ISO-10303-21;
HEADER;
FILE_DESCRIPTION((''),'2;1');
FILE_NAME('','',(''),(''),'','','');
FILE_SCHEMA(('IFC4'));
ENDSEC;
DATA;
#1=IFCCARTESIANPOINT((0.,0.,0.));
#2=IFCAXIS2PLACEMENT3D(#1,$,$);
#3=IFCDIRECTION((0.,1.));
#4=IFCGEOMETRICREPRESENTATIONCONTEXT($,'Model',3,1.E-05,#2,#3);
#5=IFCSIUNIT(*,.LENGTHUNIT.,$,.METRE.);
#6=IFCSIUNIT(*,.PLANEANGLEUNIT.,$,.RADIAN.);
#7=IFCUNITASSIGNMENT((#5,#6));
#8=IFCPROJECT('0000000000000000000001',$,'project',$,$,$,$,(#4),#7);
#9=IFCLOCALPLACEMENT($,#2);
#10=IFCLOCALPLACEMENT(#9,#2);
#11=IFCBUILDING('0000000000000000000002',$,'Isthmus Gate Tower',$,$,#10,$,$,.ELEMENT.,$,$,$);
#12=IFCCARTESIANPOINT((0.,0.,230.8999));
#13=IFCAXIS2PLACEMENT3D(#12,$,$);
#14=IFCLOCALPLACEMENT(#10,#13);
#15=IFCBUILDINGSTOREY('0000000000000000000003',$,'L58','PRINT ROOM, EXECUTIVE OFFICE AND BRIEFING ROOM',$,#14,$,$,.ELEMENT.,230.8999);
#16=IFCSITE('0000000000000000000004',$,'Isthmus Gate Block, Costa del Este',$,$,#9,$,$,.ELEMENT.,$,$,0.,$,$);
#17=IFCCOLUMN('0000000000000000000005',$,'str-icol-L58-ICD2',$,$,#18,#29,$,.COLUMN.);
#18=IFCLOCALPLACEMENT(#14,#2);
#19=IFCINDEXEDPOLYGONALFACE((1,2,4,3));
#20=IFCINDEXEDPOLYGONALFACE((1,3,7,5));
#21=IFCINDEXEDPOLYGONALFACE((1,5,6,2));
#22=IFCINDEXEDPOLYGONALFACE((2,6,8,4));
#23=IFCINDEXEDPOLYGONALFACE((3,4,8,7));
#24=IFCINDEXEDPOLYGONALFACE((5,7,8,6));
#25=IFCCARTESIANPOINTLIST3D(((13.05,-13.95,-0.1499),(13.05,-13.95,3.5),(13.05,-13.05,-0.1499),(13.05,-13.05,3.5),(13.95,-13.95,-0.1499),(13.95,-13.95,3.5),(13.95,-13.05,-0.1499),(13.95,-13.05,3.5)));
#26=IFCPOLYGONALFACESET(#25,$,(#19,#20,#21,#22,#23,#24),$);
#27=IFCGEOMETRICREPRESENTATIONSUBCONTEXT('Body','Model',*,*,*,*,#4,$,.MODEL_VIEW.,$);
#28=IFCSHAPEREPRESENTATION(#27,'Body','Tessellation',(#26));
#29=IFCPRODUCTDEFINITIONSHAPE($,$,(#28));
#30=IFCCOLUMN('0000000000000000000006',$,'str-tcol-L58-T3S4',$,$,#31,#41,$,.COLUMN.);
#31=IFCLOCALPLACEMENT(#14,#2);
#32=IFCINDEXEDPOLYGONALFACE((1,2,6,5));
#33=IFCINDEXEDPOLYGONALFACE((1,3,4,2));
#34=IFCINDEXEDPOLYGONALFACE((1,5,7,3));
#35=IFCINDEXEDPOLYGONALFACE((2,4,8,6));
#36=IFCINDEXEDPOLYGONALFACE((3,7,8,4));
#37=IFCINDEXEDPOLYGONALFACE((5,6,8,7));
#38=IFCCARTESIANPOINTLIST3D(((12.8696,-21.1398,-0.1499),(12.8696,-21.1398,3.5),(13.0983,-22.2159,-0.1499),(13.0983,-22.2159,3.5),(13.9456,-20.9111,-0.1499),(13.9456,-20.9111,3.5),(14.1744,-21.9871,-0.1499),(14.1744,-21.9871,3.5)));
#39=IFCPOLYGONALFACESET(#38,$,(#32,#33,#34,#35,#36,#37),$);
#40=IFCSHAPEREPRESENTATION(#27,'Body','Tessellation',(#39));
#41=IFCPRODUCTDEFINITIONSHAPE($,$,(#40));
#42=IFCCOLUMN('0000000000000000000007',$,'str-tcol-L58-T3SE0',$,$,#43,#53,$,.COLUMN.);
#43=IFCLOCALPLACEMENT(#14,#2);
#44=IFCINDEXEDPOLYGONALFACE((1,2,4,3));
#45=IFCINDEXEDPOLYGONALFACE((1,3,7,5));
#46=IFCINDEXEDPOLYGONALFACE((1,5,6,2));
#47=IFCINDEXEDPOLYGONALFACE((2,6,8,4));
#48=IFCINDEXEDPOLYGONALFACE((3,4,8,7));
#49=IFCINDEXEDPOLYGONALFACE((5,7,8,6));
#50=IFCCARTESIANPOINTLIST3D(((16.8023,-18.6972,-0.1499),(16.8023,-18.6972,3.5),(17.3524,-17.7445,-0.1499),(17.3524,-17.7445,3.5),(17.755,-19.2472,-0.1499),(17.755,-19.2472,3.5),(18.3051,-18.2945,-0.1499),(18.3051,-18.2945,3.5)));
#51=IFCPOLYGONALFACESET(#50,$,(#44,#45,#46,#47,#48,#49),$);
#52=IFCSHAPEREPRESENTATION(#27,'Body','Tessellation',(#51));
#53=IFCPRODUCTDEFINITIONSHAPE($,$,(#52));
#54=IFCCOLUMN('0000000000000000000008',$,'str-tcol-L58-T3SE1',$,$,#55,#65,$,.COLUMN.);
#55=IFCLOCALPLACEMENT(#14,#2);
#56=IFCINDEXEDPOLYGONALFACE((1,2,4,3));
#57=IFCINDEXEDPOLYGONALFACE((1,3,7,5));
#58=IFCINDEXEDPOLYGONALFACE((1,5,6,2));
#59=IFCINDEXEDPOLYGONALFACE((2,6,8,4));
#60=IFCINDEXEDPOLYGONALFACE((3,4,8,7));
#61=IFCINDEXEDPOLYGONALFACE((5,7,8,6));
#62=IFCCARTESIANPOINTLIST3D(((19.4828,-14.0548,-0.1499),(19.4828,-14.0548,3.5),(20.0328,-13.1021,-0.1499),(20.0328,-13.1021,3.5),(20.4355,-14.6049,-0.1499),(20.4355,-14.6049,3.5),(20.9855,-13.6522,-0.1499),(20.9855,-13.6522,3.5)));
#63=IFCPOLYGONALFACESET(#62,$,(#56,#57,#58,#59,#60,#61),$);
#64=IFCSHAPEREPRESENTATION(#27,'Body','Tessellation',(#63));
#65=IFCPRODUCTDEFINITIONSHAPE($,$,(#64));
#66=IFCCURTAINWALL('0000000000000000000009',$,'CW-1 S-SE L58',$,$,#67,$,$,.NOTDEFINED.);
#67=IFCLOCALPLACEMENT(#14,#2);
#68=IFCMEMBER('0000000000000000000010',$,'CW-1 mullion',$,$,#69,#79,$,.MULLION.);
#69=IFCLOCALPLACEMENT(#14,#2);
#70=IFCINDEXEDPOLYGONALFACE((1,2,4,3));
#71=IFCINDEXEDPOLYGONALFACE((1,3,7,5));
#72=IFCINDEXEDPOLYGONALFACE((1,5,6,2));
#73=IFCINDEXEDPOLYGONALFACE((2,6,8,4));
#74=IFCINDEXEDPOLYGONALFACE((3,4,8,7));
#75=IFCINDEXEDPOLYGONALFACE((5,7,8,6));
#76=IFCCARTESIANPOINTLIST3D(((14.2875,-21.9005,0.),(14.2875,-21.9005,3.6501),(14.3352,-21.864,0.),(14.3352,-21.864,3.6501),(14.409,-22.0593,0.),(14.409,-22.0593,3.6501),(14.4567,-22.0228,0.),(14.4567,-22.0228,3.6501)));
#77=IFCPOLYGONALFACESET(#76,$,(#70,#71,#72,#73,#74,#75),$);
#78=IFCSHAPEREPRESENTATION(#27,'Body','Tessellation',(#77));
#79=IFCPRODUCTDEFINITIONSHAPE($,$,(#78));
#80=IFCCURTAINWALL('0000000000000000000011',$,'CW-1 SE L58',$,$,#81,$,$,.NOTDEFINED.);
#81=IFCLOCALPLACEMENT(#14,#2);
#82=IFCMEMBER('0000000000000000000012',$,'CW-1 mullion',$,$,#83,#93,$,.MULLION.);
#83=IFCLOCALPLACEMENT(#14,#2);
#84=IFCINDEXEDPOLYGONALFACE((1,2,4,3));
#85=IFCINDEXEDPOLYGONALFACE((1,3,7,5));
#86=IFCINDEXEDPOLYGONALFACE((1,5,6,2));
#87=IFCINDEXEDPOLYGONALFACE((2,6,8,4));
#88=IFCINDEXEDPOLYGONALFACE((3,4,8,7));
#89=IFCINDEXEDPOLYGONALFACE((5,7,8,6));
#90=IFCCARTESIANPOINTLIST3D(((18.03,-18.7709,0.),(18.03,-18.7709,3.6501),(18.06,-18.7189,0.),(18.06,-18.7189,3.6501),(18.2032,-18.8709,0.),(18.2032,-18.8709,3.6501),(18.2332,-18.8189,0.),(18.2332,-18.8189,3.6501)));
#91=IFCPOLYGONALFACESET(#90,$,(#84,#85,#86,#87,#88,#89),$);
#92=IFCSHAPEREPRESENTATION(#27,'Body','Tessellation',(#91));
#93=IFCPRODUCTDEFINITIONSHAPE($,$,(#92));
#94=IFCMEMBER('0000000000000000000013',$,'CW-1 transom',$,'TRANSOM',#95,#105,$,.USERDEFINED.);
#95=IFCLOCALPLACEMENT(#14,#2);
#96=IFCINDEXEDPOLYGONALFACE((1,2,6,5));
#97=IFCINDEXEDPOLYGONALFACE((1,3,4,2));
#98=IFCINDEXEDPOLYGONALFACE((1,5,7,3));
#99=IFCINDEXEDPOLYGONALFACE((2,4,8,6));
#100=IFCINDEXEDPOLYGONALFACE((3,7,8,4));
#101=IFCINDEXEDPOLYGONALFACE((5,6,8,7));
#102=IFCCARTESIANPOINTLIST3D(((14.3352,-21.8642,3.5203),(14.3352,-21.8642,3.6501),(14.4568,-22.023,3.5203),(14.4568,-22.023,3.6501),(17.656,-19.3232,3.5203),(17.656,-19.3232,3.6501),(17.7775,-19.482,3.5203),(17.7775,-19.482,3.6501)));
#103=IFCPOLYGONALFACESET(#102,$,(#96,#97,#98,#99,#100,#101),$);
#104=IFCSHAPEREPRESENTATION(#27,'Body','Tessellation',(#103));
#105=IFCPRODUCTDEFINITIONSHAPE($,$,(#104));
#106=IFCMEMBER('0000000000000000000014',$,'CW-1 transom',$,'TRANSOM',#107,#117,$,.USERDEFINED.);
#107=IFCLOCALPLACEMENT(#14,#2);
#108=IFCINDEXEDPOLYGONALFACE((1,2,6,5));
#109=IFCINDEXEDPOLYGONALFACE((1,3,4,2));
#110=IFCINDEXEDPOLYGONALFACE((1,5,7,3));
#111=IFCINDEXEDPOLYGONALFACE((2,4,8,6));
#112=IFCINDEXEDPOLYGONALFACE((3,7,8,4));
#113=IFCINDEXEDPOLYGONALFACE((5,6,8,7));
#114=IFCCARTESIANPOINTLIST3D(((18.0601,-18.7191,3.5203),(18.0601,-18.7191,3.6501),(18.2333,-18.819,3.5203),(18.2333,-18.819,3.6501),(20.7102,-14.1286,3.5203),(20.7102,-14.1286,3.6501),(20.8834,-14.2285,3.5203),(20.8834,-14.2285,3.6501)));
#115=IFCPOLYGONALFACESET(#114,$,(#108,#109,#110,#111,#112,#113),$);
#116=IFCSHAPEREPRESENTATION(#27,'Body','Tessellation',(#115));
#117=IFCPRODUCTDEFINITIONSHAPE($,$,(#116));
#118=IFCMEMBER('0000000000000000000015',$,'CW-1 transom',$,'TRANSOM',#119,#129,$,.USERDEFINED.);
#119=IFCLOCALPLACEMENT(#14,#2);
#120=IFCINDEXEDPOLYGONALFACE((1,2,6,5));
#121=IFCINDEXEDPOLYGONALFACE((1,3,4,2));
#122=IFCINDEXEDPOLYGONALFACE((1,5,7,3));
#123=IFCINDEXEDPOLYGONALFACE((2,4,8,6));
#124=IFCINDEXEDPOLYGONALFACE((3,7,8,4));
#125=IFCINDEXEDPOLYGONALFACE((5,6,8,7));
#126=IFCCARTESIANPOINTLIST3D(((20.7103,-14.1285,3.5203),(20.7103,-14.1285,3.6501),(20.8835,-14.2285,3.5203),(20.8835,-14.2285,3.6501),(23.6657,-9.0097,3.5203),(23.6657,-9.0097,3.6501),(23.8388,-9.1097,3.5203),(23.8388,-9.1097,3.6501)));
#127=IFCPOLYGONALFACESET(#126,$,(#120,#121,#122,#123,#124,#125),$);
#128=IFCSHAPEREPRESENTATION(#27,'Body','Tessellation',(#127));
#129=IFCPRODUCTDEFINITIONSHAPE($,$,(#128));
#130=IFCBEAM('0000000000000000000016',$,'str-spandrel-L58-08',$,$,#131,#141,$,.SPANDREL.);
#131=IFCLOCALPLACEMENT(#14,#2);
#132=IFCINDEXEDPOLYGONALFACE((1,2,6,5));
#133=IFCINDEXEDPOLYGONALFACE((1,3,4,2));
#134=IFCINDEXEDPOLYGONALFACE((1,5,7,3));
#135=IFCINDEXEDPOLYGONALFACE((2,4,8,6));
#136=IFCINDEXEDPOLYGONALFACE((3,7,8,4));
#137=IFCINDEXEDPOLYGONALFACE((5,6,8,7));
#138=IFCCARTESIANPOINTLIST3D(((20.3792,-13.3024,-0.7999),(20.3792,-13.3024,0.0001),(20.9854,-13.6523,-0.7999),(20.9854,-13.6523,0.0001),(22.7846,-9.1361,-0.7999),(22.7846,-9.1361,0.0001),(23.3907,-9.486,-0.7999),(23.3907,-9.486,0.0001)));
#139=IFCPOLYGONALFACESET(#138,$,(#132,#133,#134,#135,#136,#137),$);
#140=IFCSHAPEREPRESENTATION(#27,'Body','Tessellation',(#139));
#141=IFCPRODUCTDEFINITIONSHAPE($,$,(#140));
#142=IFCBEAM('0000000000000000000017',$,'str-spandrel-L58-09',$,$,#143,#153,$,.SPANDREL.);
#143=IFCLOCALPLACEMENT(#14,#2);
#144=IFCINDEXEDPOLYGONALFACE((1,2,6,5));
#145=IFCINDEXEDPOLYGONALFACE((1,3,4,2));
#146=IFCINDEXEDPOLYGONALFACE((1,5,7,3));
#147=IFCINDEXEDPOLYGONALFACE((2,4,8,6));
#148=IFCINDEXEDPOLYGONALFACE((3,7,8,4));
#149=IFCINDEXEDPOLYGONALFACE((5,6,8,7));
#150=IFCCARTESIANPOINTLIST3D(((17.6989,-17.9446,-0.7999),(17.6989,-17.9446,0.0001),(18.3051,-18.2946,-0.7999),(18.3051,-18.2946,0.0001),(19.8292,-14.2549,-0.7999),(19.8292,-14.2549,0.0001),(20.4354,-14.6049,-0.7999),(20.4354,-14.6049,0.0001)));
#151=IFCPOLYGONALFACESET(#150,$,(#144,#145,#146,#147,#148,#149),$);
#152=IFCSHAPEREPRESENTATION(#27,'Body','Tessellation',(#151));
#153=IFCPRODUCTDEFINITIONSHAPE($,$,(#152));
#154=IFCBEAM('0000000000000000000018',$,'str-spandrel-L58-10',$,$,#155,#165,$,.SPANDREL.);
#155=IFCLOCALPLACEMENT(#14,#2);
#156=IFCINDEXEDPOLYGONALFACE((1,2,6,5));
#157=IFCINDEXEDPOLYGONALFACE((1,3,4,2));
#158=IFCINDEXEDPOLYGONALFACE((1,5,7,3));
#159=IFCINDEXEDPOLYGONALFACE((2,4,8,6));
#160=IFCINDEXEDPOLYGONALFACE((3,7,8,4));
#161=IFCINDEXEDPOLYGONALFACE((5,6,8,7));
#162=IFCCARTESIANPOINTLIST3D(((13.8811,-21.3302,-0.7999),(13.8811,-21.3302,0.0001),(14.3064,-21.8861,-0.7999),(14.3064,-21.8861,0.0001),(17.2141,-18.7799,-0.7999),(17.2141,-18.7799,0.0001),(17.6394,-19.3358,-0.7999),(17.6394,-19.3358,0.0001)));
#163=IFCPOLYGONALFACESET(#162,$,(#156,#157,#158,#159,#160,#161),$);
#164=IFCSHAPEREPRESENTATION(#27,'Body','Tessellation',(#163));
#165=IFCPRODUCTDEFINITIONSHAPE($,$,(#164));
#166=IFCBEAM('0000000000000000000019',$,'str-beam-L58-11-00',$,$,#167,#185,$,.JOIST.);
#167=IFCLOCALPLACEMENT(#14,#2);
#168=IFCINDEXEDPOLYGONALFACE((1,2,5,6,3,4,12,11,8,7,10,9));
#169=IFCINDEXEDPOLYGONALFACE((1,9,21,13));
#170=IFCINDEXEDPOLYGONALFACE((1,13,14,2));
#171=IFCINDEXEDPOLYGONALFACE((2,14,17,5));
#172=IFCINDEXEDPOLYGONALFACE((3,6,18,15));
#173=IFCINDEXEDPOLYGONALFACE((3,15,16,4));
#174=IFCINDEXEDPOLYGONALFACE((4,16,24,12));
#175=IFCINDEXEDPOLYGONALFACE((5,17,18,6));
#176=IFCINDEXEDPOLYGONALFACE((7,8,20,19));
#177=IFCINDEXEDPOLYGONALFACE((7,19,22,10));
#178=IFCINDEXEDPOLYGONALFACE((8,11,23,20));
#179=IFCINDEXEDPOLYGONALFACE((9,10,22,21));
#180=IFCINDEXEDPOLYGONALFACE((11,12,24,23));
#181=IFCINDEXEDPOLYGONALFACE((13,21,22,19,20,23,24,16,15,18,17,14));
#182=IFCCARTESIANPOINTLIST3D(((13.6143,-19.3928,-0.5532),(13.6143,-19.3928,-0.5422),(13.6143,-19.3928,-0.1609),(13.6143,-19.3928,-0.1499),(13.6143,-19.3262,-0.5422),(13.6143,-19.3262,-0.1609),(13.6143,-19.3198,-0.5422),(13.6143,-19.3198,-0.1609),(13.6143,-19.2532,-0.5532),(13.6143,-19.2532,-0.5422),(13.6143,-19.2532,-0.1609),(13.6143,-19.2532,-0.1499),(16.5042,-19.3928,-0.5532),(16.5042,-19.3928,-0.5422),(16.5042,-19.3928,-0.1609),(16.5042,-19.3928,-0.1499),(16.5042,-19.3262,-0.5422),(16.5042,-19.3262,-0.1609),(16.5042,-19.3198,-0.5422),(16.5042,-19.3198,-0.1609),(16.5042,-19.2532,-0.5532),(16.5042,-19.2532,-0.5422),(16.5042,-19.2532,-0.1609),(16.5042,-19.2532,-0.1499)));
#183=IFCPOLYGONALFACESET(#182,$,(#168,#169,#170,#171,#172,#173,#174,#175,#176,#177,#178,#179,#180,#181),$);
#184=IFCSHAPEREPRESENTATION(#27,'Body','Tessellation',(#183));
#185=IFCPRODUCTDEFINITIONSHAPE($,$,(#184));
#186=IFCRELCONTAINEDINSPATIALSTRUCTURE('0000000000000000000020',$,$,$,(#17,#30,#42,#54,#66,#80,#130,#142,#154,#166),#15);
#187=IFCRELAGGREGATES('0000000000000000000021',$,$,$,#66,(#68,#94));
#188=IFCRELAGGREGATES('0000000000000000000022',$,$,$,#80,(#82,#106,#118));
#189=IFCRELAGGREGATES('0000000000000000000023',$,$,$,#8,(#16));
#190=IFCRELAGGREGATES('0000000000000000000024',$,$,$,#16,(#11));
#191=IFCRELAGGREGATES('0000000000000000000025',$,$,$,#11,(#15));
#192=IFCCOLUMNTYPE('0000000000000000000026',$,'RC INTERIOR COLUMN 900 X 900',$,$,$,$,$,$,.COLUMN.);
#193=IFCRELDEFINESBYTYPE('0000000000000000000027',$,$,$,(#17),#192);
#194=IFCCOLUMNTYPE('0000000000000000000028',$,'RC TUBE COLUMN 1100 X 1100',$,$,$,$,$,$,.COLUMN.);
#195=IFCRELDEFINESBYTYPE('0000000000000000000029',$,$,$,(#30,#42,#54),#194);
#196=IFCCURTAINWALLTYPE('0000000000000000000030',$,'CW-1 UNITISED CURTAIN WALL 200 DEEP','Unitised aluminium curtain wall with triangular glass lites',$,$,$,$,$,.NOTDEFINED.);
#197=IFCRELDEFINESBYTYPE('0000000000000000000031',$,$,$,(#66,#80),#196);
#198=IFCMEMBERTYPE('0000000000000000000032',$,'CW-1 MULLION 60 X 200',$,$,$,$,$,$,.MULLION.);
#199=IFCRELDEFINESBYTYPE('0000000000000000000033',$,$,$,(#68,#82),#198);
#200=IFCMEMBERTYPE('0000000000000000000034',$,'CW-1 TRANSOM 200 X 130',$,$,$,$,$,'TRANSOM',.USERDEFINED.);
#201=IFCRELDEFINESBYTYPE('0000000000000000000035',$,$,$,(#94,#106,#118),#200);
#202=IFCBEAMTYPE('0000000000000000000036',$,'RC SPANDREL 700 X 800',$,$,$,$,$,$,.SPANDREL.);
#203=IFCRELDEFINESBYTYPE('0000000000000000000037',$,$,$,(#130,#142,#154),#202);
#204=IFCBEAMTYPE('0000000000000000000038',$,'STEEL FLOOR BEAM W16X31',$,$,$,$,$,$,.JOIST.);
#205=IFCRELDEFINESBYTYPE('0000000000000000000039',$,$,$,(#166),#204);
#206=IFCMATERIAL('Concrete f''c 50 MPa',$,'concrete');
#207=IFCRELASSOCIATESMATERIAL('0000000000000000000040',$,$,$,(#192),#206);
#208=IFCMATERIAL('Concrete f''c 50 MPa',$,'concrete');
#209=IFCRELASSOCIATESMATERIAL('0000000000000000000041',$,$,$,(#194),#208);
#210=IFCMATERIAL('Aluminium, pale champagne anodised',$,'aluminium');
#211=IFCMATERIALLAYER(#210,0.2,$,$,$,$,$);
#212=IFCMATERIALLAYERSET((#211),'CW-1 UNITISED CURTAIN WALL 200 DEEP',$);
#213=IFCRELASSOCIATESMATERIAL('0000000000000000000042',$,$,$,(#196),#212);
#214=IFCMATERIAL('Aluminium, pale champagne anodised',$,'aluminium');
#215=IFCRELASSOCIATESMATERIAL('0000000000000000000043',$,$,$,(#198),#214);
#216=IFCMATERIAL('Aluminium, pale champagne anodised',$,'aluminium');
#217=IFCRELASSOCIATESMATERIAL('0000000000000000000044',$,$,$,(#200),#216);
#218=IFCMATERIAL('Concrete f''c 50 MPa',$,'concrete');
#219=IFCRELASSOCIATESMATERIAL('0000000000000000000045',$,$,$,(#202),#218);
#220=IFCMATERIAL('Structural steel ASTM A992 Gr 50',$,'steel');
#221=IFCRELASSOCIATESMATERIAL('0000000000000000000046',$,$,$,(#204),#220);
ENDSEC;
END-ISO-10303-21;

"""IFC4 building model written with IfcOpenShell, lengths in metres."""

from ifc_helpers import new_model, si_unit, direction, frame, origin, origin_2d, place, context, subcontext, project, spatial, rectangle, i_section, extrude, material, layer, layer_set, material_profile, profile_set, type_object, element, aggregate, save


model = new_model("IFC4")

# Units and contexts
model_context = context("Model", 3, precision=1e-05, world=origin(), true_north=direction((0.0, 1.0)))
body_context = subcontext(model_context, "Body", "Model", "MODEL_VIEW")
ifc_project = project(units=[si_unit("LENGTHUNIT", "METRE"), si_unit("PLANEANGLEUNIT", "RADIAN")], contexts=[model_context])

# Site, building, storey
site_placement = place(None, origin())
site = spatial("IfcSite", under=ifc_project, at=site_placement, Name="Isthmus Gate Block, Costa del Este", CompositionType="ELEMENT", RefElevation=0.0)
building_placement = place(site_placement, origin())
building = spatial("IfcBuilding", under=site, at=building_placement, Name="Isthmus Gate Tower", CompositionType="ELEMENT")
storey_placement = place(building_placement, frame((0.0, 0.0, 230.8999)))
storey = spatial("IfcBuildingStorey", under=building, at=storey_placement, Name="L58", Description="PRINT ROOM, EXECUTIVE OFFICE AND BRIEFING ROOM", CompositionType="ELEMENT", Elevation=230.8999)

# Columns
ifc_material_1 = material(Name="Concrete f'c 50 MPa", Category="concrete")
ifc_material_profile_1 = material_profile(ifc_material_1, rectangle(XDim=0.8999, YDim=0.8999, at=origin_2d()), Name="RC 900X900")
ifc_profile_set_1 = profile_set([ifc_material_profile_1], Name="Concrete f'c 50 MPa")
column_type_1 = type_object("IfcColumnType", Name="RC INTERIOR COLUMN 900 X 900", PredefinedType="COLUMN", material=ifc_profile_set_1)
column_placement = place(storey_placement, frame((13.5, -13.5, -0.1499), z_axis=(0.0, 0.0, 1.0), x_axis=(1.0, 0.0, 0.0)))
element("IfcColumn", 1, at=column_placement, inside=storey, type_object=column_type_1, Name="str-icol-L58-ICD2", PredefinedType="COLUMN", context=body_context, shape_type="SweptSolid", body=[
    extrude(rectangle(XDim=0.8999, YDim=0.8999, at=origin_2d()), origin(), (0.0, 0.0, 1.0), 3.6499),
])
ifc_material_2 = material(Name="Concrete f'c 50 MPa", Category="concrete")
ifc_material_profile_2 = material_profile(ifc_material_2, rectangle(XDim=1.1001, YDim=1.1001, at=origin_2d()), Name="RC 1100X1100")
ifc_profile_set_2 = profile_set([ifc_material_profile_2], Name="Concrete f'c 50 MPa")
column_type_2 = type_object("IfcColumnType", Name="RC TUBE COLUMN 1100 X 1100", PredefinedType="COLUMN", material=ifc_profile_set_2)
for number, where, z_axis, x_axis, name in (
    (2, (13.522, -21.5635, -0.1499), (0.0, 0.0, 1.0), (0.978148, 0.207912, 0.0), "str-tcol-L58-T3S4"),
    (3, (17.5537, -18.4958, -0.1499), (0.0, 0.0, 1.0), (0.5, 0.866025, 0.0), "str-tcol-L58-T3SE0"),
    (4, (20.2341, -13.8535, -0.1499), (0.0, 0.0, 1.0), (0.5, 0.866025, 0.0), "str-tcol-L58-T3SE1"),
):
    element("IfcColumn", number, at=place(storey_placement, frame(where, z_axis=z_axis, x_axis=x_axis)), inside=storey, type_object=column_type_2, Name=name, PredefinedType="COLUMN", context=body_context, shape_type="SweptSolid", body=[
        extrude(rectangle(XDim=1.1001, YDim=1.1001, at=origin_2d()), origin(), (0.0, 0.0, 1.0), 3.6499),
    ])

# Curtain walls, members
ifc_material_3 = material(Name="Aluminium, pale champagne anodised", Category="aluminium")
ifc_layer_1 = layer(ifc_material_3, 0.2)
ifc_layer_set_1 = layer_set([ifc_layer_1], Name="CW-1 UNITISED CURTAIN WALL 200 DEEP")
curtain_wall_type = type_object("IfcCurtainWallType", Name="CW-1 UNITISED CURTAIN WALL 200 DEEP", Description="Unitised aluminium curtain wall with triangular glass lites", PredefinedType="NOTDEFINED", material=ifc_layer_set_1)
curtain_wall_1_placement = place(storey_placement, origin())
curtain_wall_1 = element("IfcCurtainWall", 5, at=curtain_wall_1_placement, inside=storey, type_object=curtain_wall_type, Name="CW-1 S-SE L58", PredefinedType="NOTDEFINED")
ifc_material_4 = material(Name="Aluminium, pale champagne anodised", Category="aluminium")
ifc_material_profile_3 = material_profile(ifc_material_4, rectangle(XDim=0.0601, YDim=0.2, at=origin_2d()), Name="60x200")
ifc_profile_set_3 = profile_set([ifc_material_profile_3], Name="Aluminium, pale champagne anodised")
member_type_1 = type_object("IfcMemberType", Name="CW-1 MULLION 60 X 200", PredefinedType="MULLION", material=ifc_profile_set_3)
member_1_placement = place(storey_placement, frame((14.3721, -21.9617, 0.0), z_axis=(0.0, 0.0, 1.0), x_axis=(0.794189, 0.607671, 0.0)))
member_1 = element("IfcMember", 6, at=member_1_placement, type_object=member_type_1, Name="CW-1 mullion", PredefinedType="MULLION", context=body_context, shape_type="SweptSolid", body=[
    extrude(rectangle(XDim=0.0601, YDim=0.2, at=origin_2d()), origin(), (0.0, 0.0, 1.0), 3.6501),
])
curtain_wall_2_placement = place(storey_placement, origin())
curtain_wall_2 = element("IfcCurtainWall", 7, at=curtain_wall_2_placement, inside=storey, type_object=curtain_wall_type, Name="CW-1 SE L58", PredefinedType="NOTDEFINED")
member_2_placement = place(storey_placement, frame((18.1316, -18.7949, 0.0), z_axis=(0.0, 0.0, 1.0), x_axis=(0.5, 0.866025, 0.0)))
member_2 = element("IfcMember", 8, at=member_2_placement, type_object=member_type_1, Name="CW-1 mullion", PredefinedType="MULLION", context=body_context, shape_type="SweptSolid", body=[
    extrude(rectangle(XDim=0.0601, YDim=0.2, at=origin_2d()), origin(), (0.0, 0.0, 1.0), 3.6501),
])

# Members
ifc_material_5 = material(Name="Aluminium, pale champagne anodised", Category="aluminium")
ifc_material_profile_4 = material_profile(ifc_material_5, rectangle(XDim=0.2, YDim=0.1299, at=origin_2d()), Name="200x130")
ifc_profile_set_4 = profile_set([ifc_material_profile_4], Name="Aluminium, pale champagne anodised")
member_type_2 = type_object("IfcMemberType", Name="CW-1 TRANSOM 200 X 130", ElementType="TRANSOM", PredefinedType="USERDEFINED", material=ifc_profile_set_4)
member_3_placement = place(storey_placement, frame((14.396, -21.9436, 3.5852), z_axis=(0.794175, 0.607688, 0.0), x_axis=(-0.607688, 0.794175, 0.0)))
member_3 = element("IfcMember", 9, at=member_3_placement, type_object=member_type_2, Name="CW-1 transom", ObjectType="TRANSOM", PredefinedType="USERDEFINED", context=body_context, shape_type="SweptSolid", body=[
    extrude(rectangle(XDim=0.2, YDim=0.1299, at=origin_2d()), origin(), (0.0, 0.0, 1.0), 4.1814),
])
member_4_placement = place(storey_placement, frame((18.1467, -18.769, 3.5852), z_axis=(0.499968, 0.866044, 0.0), x_axis=(-0.866044, 0.499968, 0.0)))
member_4 = element("IfcMember", 10, at=member_4_placement, type_object=member_type_2, Name="CW-1 transom", ObjectType="TRANSOM", PredefinedType="USERDEFINED", context=body_context, shape_type="SweptSolid", body=[
    extrude(rectangle(XDim=0.2, YDim=0.1299, at=origin_2d()), origin(), (0.0, 0.0, 1.0), 5.3005),
])
member_5_placement = place(storey_placement, frame((20.7969, -14.1785, 3.5852), z_axis=(0.500008, 0.86602, 0.0), x_axis=(-0.86602, 0.500008, 0.0)))
member_5 = element("IfcMember", 11, at=member_5_placement, type_object=member_type_2, Name="CW-1 transom", ObjectType="TRANSOM", PredefinedType="USERDEFINED", context=body_context, shape_type="SweptSolid", body=[
    extrude(rectangle(XDim=0.2, YDim=0.1299, at=origin_2d()), origin(), (0.0, 0.0, 1.0), 5.9106),
])

# Beams
ifc_material_6 = material(Name="Concrete f'c 50 MPa", Category="concrete")
ifc_material_profile_5 = material_profile(ifc_material_6, rectangle(XDim=0.7, YDim=0.8, at=origin_2d()), Name="RC 700X800")
ifc_profile_set_5 = profile_set([ifc_material_profile_5], Name="Concrete f'c 50 MPa")
beam_type_1 = type_object("IfcBeamType", Name="RC SPANDREL 700 X 800", PredefinedType="SPANDREL", material=ifc_profile_set_5)
beam_1_placement = place(storey_placement, frame((23.0876, -9.311, -0.3999), z_axis=(-0.499982, -0.866036, 0.0), x_axis=(0.866036, -0.499982, 0.0)))
element("IfcBeam", 12, at=beam_1_placement, inside=storey, type_object=beam_type_1, Name="str-spandrel-L58-08", PredefinedType="SPANDREL", context=body_context, shape_type="SweptSolid", body=[
    extrude(rectangle(XDim=0.7, YDim=0.8, at=origin_2d()), origin(), (0.0, 0.0, 1.0), 4.8108),
])
beam_2_placement = place(storey_placement, frame((20.1323, -14.4299, -0.3999), z_axis=(-0.500022, -0.866013, 0.0), x_axis=(0.866013, -0.500022, 0.0)))
element("IfcBeam", 13, at=beam_2_placement, inside=storey, type_object=beam_type_1, Name="str-spandrel-L58-09", PredefinedType="SPANDREL", context=body_context, shape_type="SweptSolid", body=[
    extrude(rectangle(XDim=0.7, YDim=0.8, at=origin_2d()), origin(), (0.0, 0.0, 1.0), 4.2605),
])
beam_3_placement = place(storey_placement, frame((17.4268, -19.0579, -0.3999), z_axis=(-0.794183, -0.607679, 0.0), x_axis=(0.607679, -0.794183, 0.0)))
element("IfcBeam", 14, at=beam_3_placement, inside=storey, type_object=beam_type_1, Name="str-spandrel-L58-10", PredefinedType="SPANDREL", context=body_context, shape_type="SweptSolid", body=[
    extrude(rectangle(XDim=0.7, YDim=0.8, at=origin_2d()), origin(), (0.0, 0.0, 1.0), 4.1968),
])
ifc_material_7 = material(Name="Structural steel ASTM A992 Gr 50", Category="steel")
ifc_material_profile_6 = material_profile(ifc_material_7, i_section(OverallWidth=0.1396, OverallDepth=0.4033, WebThickness=0.0063, FlangeThickness=0.011, at=origin_2d()), Name="W16X31")
ifc_profile_set_6 = profile_set([ifc_material_profile_6], Name="Structural steel ASTM A992 Gr 50")
beam_type_2 = type_object("IfcBeamType", Name="STEEL FLOOR BEAM W16X31", PredefinedType="JOIST", material=ifc_profile_set_6)
beam_4_placement = place(storey_placement, frame((13.6143, -19.323, -0.3516), z_axis=(1.0, 0.0, 0.0), x_axis=(0.0, 1.0, 0.0)))
element("IfcBeam", 15, at=beam_4_placement, inside=storey, type_object=beam_type_2, Name="str-beam-L58-11-00", PredefinedType="JOIST", context=body_context, shape_type="SweptSolid", body=[
    extrude(i_section(OverallWidth=0.1396, OverallDepth=0.4033, WebThickness=0.0063, FlangeThickness=0.011, at=origin_2d()), origin(), (0.0, 0.0, 1.0), 2.8899),
])

aggregate(curtain_wall_1, [member_1, member_3])
aggregate(curtain_wall_2, [member_2, member_4, member_5])

save(model, "model.ifc")
